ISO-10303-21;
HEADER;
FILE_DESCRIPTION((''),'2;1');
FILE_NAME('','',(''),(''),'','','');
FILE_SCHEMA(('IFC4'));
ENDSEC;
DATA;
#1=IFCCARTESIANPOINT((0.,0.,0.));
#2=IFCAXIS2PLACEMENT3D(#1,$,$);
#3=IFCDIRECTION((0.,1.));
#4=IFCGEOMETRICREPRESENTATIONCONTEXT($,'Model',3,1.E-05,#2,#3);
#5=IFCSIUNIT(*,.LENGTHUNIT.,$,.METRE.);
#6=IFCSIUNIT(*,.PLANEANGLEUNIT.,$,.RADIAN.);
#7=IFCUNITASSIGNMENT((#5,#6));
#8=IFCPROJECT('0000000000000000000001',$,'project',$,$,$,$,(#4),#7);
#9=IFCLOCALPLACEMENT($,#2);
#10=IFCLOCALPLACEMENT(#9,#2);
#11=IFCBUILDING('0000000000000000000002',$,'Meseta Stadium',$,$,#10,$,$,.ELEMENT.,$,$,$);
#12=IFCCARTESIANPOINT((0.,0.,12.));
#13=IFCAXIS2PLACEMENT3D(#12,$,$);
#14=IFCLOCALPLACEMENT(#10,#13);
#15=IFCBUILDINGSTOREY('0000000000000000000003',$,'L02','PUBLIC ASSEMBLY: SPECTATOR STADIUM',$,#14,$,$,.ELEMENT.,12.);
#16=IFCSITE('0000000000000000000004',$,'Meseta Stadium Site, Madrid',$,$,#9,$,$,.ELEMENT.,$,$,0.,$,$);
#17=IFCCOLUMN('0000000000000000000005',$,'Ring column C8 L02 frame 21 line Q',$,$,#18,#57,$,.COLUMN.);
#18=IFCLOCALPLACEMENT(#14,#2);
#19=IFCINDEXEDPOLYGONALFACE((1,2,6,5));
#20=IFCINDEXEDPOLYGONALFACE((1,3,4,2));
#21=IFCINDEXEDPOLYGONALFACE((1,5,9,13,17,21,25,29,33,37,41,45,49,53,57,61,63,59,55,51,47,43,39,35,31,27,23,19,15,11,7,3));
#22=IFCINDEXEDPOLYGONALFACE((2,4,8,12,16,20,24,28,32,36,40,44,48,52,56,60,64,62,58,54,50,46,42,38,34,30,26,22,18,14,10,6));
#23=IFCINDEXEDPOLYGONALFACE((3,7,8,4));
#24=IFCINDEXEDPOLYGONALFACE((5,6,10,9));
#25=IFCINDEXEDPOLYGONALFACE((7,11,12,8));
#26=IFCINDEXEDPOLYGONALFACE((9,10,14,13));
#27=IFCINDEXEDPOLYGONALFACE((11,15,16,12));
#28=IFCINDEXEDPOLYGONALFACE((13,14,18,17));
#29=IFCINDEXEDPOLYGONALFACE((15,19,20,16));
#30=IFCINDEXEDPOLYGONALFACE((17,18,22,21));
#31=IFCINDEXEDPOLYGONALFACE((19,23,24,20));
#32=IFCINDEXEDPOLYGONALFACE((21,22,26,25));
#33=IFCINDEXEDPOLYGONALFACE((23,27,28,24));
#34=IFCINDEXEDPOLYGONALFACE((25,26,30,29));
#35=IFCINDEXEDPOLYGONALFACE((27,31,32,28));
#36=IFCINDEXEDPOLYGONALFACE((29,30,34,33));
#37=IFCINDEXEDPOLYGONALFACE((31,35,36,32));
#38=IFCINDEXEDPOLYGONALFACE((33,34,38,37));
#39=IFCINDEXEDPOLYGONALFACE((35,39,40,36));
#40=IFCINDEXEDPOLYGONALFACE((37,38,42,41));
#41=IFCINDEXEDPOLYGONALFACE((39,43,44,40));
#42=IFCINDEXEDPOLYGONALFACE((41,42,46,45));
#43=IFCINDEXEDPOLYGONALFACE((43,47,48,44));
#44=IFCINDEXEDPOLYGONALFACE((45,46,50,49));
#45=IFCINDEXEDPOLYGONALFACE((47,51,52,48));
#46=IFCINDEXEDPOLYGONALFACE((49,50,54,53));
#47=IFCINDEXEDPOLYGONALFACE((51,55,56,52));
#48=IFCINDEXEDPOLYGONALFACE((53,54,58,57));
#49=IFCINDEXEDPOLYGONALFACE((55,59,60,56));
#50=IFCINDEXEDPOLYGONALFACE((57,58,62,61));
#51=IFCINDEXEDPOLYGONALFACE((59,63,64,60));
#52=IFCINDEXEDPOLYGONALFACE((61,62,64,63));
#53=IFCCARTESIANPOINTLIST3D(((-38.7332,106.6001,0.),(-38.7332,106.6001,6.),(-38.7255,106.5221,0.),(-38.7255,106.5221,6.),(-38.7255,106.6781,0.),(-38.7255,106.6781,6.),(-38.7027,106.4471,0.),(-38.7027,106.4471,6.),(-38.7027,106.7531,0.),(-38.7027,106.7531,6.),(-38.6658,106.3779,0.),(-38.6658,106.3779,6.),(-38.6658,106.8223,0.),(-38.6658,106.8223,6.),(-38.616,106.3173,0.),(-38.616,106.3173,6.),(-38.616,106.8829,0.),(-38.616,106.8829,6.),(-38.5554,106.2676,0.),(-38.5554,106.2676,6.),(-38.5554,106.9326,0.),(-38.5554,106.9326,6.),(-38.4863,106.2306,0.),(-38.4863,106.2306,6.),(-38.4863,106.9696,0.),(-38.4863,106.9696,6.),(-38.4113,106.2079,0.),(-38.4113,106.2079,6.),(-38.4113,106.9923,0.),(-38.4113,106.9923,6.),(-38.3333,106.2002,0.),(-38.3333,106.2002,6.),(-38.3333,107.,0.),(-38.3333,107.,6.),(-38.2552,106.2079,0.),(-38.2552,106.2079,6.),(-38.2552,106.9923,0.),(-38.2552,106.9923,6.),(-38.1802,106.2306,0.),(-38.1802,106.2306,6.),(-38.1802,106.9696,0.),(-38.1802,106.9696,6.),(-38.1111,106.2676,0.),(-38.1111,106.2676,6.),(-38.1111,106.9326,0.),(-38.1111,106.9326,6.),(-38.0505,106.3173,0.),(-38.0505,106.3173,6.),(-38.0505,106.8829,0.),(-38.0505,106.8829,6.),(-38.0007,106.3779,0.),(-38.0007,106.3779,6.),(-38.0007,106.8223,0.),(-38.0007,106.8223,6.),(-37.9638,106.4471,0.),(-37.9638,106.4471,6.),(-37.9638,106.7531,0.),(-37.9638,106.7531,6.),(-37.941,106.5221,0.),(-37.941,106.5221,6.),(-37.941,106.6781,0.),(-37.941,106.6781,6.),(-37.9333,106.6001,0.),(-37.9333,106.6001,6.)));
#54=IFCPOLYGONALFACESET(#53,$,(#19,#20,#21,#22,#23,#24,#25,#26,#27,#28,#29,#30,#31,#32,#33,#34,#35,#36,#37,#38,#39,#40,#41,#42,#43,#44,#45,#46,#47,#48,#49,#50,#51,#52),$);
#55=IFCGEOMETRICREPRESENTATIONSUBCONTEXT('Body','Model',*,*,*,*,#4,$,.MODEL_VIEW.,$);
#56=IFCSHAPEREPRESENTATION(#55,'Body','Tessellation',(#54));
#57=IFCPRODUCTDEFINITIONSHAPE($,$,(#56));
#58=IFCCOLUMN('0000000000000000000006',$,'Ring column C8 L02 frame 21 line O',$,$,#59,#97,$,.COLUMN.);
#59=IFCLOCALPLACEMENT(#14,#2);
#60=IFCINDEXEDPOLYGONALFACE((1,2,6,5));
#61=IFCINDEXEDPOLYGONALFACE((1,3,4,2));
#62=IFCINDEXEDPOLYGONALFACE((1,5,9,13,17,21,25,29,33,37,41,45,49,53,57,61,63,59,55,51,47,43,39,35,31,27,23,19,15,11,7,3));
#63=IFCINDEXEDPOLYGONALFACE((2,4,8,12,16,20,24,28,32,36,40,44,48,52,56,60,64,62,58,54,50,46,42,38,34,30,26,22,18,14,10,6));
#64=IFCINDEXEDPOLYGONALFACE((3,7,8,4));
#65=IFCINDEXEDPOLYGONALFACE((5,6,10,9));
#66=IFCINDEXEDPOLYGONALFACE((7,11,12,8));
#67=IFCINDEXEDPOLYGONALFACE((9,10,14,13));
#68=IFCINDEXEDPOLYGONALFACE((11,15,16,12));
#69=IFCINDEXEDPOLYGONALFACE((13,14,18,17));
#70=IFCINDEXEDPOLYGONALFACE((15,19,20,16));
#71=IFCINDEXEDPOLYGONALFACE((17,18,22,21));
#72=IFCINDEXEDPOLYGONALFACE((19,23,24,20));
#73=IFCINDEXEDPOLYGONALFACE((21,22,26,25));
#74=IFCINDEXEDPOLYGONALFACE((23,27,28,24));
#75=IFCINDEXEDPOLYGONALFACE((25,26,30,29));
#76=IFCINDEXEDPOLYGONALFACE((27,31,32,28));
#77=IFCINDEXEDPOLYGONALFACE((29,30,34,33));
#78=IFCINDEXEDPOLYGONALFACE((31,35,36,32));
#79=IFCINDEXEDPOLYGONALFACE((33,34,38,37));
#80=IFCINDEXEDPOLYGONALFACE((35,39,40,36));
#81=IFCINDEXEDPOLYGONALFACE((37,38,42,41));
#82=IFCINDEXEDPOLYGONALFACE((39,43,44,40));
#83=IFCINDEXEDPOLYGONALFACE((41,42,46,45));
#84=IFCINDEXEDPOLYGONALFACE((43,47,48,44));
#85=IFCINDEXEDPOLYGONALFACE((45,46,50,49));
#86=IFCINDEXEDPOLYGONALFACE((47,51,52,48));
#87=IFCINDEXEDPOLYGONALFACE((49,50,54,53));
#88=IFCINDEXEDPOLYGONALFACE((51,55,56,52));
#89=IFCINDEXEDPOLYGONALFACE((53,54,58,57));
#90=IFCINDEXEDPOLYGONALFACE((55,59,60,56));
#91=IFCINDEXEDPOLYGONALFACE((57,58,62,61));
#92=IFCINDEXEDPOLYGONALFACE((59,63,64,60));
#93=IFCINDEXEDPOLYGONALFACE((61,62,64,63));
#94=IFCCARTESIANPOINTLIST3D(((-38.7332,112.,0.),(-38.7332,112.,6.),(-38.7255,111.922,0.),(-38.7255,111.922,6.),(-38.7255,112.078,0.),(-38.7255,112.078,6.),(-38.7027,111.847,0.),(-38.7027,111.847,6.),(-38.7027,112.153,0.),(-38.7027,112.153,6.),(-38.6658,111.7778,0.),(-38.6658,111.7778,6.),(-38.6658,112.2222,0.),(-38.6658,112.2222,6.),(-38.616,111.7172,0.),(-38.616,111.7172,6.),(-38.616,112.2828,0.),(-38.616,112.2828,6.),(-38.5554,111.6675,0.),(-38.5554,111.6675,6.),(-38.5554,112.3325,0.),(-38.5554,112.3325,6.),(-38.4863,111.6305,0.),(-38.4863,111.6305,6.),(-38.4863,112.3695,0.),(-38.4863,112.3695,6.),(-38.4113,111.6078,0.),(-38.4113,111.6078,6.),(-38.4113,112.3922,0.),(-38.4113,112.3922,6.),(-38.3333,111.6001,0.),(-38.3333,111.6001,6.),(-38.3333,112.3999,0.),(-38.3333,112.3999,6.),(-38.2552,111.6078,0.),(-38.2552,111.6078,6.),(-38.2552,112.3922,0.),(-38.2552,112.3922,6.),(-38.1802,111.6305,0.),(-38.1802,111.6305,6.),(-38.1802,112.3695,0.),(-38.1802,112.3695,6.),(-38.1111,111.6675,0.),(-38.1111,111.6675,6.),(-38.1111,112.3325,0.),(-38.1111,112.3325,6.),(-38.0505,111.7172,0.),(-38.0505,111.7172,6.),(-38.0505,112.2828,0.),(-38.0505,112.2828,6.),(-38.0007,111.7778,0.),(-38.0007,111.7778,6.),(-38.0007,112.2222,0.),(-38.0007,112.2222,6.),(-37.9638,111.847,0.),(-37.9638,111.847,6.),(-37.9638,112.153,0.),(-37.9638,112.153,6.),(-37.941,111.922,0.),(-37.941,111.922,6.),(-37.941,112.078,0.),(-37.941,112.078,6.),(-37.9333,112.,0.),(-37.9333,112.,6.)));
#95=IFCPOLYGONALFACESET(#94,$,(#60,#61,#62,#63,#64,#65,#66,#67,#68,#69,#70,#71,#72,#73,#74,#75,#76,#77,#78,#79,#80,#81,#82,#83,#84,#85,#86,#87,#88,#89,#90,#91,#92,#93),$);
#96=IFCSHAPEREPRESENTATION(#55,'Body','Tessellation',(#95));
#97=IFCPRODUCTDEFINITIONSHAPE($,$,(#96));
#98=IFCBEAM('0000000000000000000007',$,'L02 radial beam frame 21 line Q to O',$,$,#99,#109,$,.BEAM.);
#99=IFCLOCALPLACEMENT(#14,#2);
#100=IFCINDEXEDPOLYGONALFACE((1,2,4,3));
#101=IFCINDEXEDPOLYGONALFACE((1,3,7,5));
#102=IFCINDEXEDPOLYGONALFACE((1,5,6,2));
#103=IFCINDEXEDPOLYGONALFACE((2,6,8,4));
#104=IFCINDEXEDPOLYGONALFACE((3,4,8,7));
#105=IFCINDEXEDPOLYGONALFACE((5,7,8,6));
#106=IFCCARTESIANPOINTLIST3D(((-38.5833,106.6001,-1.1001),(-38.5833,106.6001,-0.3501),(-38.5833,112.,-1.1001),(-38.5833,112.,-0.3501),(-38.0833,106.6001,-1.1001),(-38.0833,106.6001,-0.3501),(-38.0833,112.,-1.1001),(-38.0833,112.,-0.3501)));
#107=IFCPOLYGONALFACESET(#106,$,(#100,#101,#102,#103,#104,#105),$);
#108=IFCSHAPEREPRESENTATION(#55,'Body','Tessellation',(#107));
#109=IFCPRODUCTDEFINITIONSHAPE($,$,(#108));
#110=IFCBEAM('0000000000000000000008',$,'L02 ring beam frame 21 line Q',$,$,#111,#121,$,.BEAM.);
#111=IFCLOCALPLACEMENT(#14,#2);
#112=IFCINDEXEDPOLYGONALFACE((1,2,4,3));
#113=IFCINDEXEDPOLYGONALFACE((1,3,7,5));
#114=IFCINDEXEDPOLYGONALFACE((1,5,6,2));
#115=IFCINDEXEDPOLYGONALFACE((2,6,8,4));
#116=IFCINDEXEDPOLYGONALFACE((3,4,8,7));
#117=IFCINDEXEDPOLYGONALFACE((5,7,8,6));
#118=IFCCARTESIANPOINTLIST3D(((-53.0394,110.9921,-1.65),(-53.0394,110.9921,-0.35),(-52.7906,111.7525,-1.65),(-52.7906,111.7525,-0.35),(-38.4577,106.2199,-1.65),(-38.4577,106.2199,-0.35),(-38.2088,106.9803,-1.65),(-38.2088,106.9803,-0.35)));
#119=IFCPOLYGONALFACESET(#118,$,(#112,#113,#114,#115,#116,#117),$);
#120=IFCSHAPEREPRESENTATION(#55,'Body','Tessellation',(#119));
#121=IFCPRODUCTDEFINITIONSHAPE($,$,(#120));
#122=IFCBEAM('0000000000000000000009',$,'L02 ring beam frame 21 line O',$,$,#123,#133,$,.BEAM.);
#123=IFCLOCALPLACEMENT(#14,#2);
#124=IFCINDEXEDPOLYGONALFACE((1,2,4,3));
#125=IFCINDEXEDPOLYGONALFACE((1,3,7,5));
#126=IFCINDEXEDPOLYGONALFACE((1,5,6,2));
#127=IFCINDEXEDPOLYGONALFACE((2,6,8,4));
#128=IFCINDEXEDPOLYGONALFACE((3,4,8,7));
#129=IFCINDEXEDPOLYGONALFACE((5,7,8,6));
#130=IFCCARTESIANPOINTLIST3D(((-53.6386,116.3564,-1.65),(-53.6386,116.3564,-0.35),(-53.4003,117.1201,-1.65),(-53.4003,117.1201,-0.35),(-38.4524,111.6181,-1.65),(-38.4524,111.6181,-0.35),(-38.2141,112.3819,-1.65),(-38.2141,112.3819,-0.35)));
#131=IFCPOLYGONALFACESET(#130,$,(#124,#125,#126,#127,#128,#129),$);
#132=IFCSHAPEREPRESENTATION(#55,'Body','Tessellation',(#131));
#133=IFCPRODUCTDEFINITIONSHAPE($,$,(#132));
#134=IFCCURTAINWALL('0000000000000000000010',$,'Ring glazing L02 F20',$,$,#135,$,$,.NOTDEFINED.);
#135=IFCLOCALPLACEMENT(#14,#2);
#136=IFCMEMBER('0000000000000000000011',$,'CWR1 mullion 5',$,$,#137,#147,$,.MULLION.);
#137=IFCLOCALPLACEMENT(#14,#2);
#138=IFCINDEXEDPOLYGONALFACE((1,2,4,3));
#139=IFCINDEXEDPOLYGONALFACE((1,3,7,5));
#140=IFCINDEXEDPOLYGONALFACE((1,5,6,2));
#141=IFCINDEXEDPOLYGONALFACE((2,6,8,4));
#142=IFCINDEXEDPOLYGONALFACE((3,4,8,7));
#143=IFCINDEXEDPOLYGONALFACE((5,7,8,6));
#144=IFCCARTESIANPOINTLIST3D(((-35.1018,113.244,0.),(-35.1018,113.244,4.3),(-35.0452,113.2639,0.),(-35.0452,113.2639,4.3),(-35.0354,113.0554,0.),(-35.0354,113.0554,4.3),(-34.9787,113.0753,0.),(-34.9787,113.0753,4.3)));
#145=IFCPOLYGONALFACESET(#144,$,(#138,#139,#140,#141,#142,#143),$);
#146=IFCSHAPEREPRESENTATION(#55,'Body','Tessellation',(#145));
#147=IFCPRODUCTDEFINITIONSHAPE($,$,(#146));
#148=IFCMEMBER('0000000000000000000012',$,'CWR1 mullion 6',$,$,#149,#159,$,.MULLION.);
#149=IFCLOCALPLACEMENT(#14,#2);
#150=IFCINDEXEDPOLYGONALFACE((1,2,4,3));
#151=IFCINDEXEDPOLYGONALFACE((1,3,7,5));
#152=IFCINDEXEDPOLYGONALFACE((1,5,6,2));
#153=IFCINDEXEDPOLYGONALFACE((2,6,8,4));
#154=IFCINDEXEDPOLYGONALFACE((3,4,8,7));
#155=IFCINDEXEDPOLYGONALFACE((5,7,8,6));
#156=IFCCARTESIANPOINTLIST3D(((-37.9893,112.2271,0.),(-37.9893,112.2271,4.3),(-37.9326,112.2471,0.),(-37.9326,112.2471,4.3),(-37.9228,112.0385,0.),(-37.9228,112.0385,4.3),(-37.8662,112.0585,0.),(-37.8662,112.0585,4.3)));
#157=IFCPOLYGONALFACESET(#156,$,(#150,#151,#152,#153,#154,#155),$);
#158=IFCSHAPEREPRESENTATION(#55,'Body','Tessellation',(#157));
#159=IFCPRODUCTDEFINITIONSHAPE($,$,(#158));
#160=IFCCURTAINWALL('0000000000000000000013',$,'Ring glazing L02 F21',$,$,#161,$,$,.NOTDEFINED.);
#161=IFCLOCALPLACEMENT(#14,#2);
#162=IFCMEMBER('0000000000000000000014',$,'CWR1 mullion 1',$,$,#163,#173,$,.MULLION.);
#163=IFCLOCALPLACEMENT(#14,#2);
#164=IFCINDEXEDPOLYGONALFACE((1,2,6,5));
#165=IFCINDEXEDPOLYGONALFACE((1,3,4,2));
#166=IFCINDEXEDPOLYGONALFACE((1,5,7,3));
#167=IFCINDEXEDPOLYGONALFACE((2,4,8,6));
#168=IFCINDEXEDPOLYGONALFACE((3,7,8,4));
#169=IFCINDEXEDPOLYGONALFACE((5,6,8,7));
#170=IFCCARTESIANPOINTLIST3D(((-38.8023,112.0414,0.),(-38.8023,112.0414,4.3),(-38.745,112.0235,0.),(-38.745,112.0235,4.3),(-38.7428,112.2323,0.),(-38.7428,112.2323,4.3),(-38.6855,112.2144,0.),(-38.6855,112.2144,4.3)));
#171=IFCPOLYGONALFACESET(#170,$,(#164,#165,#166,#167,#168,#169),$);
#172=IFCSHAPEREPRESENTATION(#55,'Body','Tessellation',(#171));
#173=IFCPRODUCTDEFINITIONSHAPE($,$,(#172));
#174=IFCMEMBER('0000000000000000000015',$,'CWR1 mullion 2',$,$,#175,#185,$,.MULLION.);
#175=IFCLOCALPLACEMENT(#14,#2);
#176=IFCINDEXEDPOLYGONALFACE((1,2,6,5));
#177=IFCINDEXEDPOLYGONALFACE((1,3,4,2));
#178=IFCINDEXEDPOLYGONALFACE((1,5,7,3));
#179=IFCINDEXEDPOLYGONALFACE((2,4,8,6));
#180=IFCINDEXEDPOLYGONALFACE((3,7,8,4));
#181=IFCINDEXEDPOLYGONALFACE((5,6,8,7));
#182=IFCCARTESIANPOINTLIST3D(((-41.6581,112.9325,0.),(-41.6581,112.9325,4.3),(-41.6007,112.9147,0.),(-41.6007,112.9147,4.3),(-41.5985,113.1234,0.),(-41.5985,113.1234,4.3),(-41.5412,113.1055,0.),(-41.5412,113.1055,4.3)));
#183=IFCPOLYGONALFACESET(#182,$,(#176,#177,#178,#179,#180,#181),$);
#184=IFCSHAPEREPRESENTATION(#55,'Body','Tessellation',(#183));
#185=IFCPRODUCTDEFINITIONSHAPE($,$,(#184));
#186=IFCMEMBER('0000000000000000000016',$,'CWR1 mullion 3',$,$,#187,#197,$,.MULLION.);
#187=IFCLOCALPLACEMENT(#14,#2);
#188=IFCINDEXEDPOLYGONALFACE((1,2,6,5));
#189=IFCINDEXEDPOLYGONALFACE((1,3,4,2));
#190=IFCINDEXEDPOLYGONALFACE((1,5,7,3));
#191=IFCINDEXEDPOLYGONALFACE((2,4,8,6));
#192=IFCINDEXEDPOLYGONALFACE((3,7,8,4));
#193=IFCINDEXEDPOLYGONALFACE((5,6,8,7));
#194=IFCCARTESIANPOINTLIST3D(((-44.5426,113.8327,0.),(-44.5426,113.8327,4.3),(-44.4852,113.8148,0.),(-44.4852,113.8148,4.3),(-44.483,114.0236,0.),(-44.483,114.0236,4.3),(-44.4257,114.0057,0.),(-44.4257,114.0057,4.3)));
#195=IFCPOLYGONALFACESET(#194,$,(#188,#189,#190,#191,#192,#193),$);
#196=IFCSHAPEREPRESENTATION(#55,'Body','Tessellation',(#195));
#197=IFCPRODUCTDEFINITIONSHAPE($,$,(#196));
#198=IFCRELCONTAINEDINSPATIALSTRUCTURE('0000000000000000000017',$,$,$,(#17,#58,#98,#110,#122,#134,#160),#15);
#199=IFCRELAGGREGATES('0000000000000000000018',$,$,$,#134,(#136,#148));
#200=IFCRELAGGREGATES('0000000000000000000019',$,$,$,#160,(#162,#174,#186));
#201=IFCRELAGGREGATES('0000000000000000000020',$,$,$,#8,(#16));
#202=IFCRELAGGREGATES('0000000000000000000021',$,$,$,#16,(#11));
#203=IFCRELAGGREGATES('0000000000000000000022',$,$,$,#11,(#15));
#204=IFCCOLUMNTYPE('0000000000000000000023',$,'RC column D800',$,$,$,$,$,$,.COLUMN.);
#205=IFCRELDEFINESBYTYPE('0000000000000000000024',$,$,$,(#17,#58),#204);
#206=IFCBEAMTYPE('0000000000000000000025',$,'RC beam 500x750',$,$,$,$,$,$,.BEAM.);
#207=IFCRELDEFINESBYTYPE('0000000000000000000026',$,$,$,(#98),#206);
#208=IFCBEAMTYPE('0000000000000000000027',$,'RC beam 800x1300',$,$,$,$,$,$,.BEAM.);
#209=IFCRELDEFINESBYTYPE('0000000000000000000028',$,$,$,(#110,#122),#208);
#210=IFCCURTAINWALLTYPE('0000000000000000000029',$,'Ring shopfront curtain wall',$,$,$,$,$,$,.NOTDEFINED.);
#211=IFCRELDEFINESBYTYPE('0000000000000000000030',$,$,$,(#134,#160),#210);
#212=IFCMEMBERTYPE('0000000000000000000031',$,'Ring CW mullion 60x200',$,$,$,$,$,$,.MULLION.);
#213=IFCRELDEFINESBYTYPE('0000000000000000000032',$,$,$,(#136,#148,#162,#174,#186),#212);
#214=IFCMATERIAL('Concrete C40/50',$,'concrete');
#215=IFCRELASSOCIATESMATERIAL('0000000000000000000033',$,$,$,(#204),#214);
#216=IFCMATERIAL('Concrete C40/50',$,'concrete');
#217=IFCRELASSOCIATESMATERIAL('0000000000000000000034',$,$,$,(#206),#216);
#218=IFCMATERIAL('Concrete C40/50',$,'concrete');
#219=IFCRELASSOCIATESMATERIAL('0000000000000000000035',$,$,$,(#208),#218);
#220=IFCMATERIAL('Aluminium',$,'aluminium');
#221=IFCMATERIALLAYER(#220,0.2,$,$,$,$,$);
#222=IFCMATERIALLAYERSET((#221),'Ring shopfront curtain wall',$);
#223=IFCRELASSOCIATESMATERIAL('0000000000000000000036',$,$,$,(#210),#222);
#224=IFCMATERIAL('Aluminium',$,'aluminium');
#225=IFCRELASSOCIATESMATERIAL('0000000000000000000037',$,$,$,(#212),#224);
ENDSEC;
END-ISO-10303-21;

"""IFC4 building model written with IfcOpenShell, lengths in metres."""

from ifc_helpers import new_model, si_unit, direction, frame, origin, origin_2d, place, context, subcontext, project, spatial, rectangle, circle, extrude, material, layer, layer_set, material_profile, profile_set, type_object, element, aggregate, save


model = new_model("IFC4")

# Units and contexts
model_context = context("Model", 3, precision=1e-05, world=origin(), true_north=direction((0.0, 1.0)))
body_context = subcontext(model_context, "Body", "Model", "MODEL_VIEW")
ifc_project = project(units=[si_unit("LENGTHUNIT", "METRE"), si_unit("PLANEANGLEUNIT", "RADIAN")], contexts=[model_context])

# Site, building, storey
site_placement = place(None, origin())
site = spatial("IfcSite", under=ifc_project, at=site_placement, Name="Meseta Stadium Site, Madrid", CompositionType="ELEMENT", RefElevation=0.0)
building_placement = place(site_placement, origin())
building = spatial("IfcBuilding", under=site, at=building_placement, Name="Meseta Stadium", CompositionType="ELEMENT")
storey_placement = place(building_placement, frame((0.0, 0.0, 12.0)))
storey = spatial("IfcBuildingStorey", under=building, at=storey_placement, Name="L02", Description="PUBLIC ASSEMBLY: SPECTATOR STADIUM", CompositionType="ELEMENT", Elevation=12.0)

# Columns
ifc_material_1 = material(Name="Concrete C40/50", Category="concrete")
ifc_material_profile_1 = material_profile(ifc_material_1, circle(Radius=0.3999, at=origin_2d()), Name="RC D800")
ifc_profile_set_1 = profile_set([ifc_material_profile_1], Name="Concrete C40/50")
column_type = type_object("IfcColumnType", Name="RC column D800", PredefinedType="COLUMN", material=ifc_profile_set_1)
for number, where, z_axis, x_axis, name in (
    (1, (-38.3333, 106.6001, 0.0), (0.0, 0.0, 1.0), (1.0, 0.0, 0.0), "Ring column C8 L02 frame 21 line Q"),
    (2, (-38.3333, 112.0, 0.0), (0.0, 0.0, 1.0), (1.0, 0.0, 0.0), "Ring column C8 L02 frame 21 line O"),
):
    element("IfcColumn", number, at=place(storey_placement, frame(where, z_axis=z_axis, x_axis=x_axis)), inside=storey, type_object=column_type, Name=name, PredefinedType="COLUMN", context=body_context, shape_type="SweptSolid", body=[
        extrude(circle(Radius=0.3999, at=origin_2d()), origin(), (0.0, 0.0, 1.0), 6.0),
    ])

# Beams
ifc_material_2 = material(Name="Concrete C40/50", Category="concrete")
ifc_material_profile_2 = material_profile(ifc_material_2, rectangle(XDim=0.5, YDim=0.75, at=origin_2d()), Name="RC 500x750")
ifc_profile_set_2 = profile_set([ifc_material_profile_2], Name="Concrete C40/50")
beam_type_1 = type_object("IfcBeamType", Name="RC beam 500x750", PredefinedType="BEAM", material=ifc_profile_set_2)
beam_1_placement = place(storey_placement, frame((-38.3333, 106.6001, -0.7251), z_axis=(0.0, 1.0, 0.0), x_axis=(-1.0, 0.0, 0.0)))
element("IfcBeam", 3, at=beam_1_placement, inside=storey, type_object=beam_type_1, Name="L02 radial beam frame 21 line Q to O", PredefinedType="BEAM", context=body_context, shape_type="SweptSolid", body=[
    extrude(rectangle(XDim=0.5, YDim=0.75, at=origin_2d()), origin(), (0.0, 0.0, 1.0), 5.3999),
])
ifc_material_3 = material(Name="Concrete C40/50", Category="concrete")
ifc_material_profile_3 = material_profile(ifc_material_3, rectangle(XDim=0.8, YDim=1.3, at=origin_2d()), Name="RC 800x1300")
ifc_profile_set_3 = profile_set([ifc_material_profile_3], Name="Concrete C40/50")
beam_type_2 = type_object("IfcBeamType", Name="RC beam 800x1300", PredefinedType="BEAM", material=ifc_profile_set_3)
beam_2_placement = place(storey_placement, frame((-38.3333, 106.6001, -1.0), z_axis=(-0.950397, 0.311039, 0.0), x_axis=(-0.311039, -0.950397, 0.0)))
element("IfcBeam", 4, at=beam_2_placement, inside=storey, type_object=beam_type_2, Name="L02 ring beam frame 21 line Q", PredefinedType="BEAM", context=body_context, shape_type="SweptSolid", body=[
    extrude(rectangle(XDim=0.8, YDim=1.3, at=origin_2d()), origin(), (0.0, 0.0, 1.0), 15.3428),
])
beam_3_placement = place(storey_placement, frame((-38.3333, 112.0, -1.0), z_axis=(-0.954613, 0.297849, 0.0), x_axis=(-0.297849, -0.954613, 0.0)))
element("IfcBeam", 5, at=beam_3_placement, inside=storey, type_object=beam_type_2, Name="L02 ring beam frame 21 line O", PredefinedType="BEAM", context=body_context, shape_type="SweptSolid", body=[
    extrude(rectangle(XDim=0.8, YDim=1.3, at=origin_2d()), origin(), (0.0, 0.0, 1.0), 15.9082),
])

# Curtain walls, members
ifc_material_4 = material(Name="Aluminium", Category="aluminium")
ifc_layer_1 = layer(ifc_material_4, 0.2)
ifc_layer_set_1 = layer_set([ifc_layer_1], Name="Ring shopfront curtain wall")
curtain_wall_type = type_object("IfcCurtainWallType", Name="Ring shopfront curtain wall", PredefinedType="NOTDEFINED", material=ifc_layer_set_1)
curtain_wall_1_placement = place(storey_placement, origin())
curtain_wall_1 = element("IfcCurtainWall", 6, at=curtain_wall_1_placement, inside=storey, type_object=curtain_wall_type, Name="Ring glazing L02 F20", PredefinedType="NOTDEFINED")
ifc_material_5 = material(Name="Aluminium", Category="aluminium")
ifc_material_profile_4 = material_profile(ifc_material_5, rectangle(XDim=0.2, YDim=0.0601, at=origin_2d()), Name="CW 200x60")
ifc_profile_set_4 = profile_set([ifc_material_profile_4], Name="Aluminium")
member_type_1 = type_object("IfcMemberType", Name="Ring CW mullion 60x200", PredefinedType="MULLION", material=ifc_profile_set_4)
member_1_placement = place(storey_placement, frame((-35.0403, 113.1597, 0.0), z_axis=(0.0, 0.0, 1.0), x_axis=(0.332174, -0.943218, 0.0)))
member_1 = element("IfcMember", 7, at=member_1_placement, type_object=member_type_1, Name="CWR1 mullion 5", PredefinedType="MULLION", context=body_context, shape_type="SweptSolid", body=[
    extrude(rectangle(XDim=0.2, YDim=0.0601, at=origin_2d()), origin(), (0.0, 0.0, 1.0), 4.3),
])
member_2_placement = place(storey_placement, frame((-37.9277, 112.1428, 0.0), z_axis=(0.0, 0.0, 1.0), x_axis=(0.332174, -0.943218, 0.0)))
member_2 = element("IfcMember", 8, at=member_2_placement, type_object=member_type_1, Name="CWR1 mullion 6", PredefinedType="MULLION", context=body_context, shape_type="SweptSolid", body=[
    extrude(rectangle(XDim=0.2, YDim=0.0601, at=origin_2d()), origin(), (0.0, 0.0, 1.0), 4.3),
])
curtain_wall_2_placement = place(storey_placement, origin())
curtain_wall_2 = element("IfcCurtainWall", 9, at=curtain_wall_2_placement, inside=storey, type_object=curtain_wall_type, Name="Ring glazing L02 F21", PredefinedType="NOTDEFINED")
member_3_placement = place(storey_placement, frame((-38.7439, 112.1279, 0.0), z_axis=(0.0, 0.0, 1.0), x_axis=(-0.297861, -0.954609, 0.0)))
member_3 = element("IfcMember", 10, at=member_3_placement, type_object=member_type_1, Name="CWR1 mullion 1", PredefinedType="MULLION", context=body_context, shape_type="SweptSolid", body=[
    extrude(rectangle(XDim=0.2, YDim=0.0601, at=origin_2d()), origin(), (0.0, 0.0, 1.0), 4.3),
])
member_4_placement = place(storey_placement, frame((-41.5996, 113.019, 0.0), z_axis=(0.0, 0.0, 1.0), x_axis=(-0.297861, -0.954609, 0.0)))
member_4 = element("IfcMember", 11, at=member_4_placement, type_object=member_type_1, Name="CWR1 mullion 2", PredefinedType="MULLION", context=body_context, shape_type="SweptSolid", body=[
    extrude(rectangle(XDim=0.2, YDim=0.0601, at=origin_2d()), origin(), (0.0, 0.0, 1.0), 4.3),
])
member_5_placement = place(storey_placement, frame((-44.4841, 113.9192, 0.0), z_axis=(0.0, 0.0, 1.0), x_axis=(-0.297861, -0.954609, 0.0)))
member_5 = element("IfcMember", 12, at=member_5_placement, type_object=member_type_1, Name="CWR1 mullion 3", PredefinedType="MULLION", context=body_context, shape_type="SweptSolid", body=[
    extrude(rectangle(XDim=0.2, YDim=0.0601, at=origin_2d()), origin(), (0.0, 0.0, 1.0), 4.3),
])

aggregate(curtain_wall_1, [member_1, member_2])
aggregate(curtain_wall_2, [member_3, member_4, member_5])

save(model, "model.ifc")
